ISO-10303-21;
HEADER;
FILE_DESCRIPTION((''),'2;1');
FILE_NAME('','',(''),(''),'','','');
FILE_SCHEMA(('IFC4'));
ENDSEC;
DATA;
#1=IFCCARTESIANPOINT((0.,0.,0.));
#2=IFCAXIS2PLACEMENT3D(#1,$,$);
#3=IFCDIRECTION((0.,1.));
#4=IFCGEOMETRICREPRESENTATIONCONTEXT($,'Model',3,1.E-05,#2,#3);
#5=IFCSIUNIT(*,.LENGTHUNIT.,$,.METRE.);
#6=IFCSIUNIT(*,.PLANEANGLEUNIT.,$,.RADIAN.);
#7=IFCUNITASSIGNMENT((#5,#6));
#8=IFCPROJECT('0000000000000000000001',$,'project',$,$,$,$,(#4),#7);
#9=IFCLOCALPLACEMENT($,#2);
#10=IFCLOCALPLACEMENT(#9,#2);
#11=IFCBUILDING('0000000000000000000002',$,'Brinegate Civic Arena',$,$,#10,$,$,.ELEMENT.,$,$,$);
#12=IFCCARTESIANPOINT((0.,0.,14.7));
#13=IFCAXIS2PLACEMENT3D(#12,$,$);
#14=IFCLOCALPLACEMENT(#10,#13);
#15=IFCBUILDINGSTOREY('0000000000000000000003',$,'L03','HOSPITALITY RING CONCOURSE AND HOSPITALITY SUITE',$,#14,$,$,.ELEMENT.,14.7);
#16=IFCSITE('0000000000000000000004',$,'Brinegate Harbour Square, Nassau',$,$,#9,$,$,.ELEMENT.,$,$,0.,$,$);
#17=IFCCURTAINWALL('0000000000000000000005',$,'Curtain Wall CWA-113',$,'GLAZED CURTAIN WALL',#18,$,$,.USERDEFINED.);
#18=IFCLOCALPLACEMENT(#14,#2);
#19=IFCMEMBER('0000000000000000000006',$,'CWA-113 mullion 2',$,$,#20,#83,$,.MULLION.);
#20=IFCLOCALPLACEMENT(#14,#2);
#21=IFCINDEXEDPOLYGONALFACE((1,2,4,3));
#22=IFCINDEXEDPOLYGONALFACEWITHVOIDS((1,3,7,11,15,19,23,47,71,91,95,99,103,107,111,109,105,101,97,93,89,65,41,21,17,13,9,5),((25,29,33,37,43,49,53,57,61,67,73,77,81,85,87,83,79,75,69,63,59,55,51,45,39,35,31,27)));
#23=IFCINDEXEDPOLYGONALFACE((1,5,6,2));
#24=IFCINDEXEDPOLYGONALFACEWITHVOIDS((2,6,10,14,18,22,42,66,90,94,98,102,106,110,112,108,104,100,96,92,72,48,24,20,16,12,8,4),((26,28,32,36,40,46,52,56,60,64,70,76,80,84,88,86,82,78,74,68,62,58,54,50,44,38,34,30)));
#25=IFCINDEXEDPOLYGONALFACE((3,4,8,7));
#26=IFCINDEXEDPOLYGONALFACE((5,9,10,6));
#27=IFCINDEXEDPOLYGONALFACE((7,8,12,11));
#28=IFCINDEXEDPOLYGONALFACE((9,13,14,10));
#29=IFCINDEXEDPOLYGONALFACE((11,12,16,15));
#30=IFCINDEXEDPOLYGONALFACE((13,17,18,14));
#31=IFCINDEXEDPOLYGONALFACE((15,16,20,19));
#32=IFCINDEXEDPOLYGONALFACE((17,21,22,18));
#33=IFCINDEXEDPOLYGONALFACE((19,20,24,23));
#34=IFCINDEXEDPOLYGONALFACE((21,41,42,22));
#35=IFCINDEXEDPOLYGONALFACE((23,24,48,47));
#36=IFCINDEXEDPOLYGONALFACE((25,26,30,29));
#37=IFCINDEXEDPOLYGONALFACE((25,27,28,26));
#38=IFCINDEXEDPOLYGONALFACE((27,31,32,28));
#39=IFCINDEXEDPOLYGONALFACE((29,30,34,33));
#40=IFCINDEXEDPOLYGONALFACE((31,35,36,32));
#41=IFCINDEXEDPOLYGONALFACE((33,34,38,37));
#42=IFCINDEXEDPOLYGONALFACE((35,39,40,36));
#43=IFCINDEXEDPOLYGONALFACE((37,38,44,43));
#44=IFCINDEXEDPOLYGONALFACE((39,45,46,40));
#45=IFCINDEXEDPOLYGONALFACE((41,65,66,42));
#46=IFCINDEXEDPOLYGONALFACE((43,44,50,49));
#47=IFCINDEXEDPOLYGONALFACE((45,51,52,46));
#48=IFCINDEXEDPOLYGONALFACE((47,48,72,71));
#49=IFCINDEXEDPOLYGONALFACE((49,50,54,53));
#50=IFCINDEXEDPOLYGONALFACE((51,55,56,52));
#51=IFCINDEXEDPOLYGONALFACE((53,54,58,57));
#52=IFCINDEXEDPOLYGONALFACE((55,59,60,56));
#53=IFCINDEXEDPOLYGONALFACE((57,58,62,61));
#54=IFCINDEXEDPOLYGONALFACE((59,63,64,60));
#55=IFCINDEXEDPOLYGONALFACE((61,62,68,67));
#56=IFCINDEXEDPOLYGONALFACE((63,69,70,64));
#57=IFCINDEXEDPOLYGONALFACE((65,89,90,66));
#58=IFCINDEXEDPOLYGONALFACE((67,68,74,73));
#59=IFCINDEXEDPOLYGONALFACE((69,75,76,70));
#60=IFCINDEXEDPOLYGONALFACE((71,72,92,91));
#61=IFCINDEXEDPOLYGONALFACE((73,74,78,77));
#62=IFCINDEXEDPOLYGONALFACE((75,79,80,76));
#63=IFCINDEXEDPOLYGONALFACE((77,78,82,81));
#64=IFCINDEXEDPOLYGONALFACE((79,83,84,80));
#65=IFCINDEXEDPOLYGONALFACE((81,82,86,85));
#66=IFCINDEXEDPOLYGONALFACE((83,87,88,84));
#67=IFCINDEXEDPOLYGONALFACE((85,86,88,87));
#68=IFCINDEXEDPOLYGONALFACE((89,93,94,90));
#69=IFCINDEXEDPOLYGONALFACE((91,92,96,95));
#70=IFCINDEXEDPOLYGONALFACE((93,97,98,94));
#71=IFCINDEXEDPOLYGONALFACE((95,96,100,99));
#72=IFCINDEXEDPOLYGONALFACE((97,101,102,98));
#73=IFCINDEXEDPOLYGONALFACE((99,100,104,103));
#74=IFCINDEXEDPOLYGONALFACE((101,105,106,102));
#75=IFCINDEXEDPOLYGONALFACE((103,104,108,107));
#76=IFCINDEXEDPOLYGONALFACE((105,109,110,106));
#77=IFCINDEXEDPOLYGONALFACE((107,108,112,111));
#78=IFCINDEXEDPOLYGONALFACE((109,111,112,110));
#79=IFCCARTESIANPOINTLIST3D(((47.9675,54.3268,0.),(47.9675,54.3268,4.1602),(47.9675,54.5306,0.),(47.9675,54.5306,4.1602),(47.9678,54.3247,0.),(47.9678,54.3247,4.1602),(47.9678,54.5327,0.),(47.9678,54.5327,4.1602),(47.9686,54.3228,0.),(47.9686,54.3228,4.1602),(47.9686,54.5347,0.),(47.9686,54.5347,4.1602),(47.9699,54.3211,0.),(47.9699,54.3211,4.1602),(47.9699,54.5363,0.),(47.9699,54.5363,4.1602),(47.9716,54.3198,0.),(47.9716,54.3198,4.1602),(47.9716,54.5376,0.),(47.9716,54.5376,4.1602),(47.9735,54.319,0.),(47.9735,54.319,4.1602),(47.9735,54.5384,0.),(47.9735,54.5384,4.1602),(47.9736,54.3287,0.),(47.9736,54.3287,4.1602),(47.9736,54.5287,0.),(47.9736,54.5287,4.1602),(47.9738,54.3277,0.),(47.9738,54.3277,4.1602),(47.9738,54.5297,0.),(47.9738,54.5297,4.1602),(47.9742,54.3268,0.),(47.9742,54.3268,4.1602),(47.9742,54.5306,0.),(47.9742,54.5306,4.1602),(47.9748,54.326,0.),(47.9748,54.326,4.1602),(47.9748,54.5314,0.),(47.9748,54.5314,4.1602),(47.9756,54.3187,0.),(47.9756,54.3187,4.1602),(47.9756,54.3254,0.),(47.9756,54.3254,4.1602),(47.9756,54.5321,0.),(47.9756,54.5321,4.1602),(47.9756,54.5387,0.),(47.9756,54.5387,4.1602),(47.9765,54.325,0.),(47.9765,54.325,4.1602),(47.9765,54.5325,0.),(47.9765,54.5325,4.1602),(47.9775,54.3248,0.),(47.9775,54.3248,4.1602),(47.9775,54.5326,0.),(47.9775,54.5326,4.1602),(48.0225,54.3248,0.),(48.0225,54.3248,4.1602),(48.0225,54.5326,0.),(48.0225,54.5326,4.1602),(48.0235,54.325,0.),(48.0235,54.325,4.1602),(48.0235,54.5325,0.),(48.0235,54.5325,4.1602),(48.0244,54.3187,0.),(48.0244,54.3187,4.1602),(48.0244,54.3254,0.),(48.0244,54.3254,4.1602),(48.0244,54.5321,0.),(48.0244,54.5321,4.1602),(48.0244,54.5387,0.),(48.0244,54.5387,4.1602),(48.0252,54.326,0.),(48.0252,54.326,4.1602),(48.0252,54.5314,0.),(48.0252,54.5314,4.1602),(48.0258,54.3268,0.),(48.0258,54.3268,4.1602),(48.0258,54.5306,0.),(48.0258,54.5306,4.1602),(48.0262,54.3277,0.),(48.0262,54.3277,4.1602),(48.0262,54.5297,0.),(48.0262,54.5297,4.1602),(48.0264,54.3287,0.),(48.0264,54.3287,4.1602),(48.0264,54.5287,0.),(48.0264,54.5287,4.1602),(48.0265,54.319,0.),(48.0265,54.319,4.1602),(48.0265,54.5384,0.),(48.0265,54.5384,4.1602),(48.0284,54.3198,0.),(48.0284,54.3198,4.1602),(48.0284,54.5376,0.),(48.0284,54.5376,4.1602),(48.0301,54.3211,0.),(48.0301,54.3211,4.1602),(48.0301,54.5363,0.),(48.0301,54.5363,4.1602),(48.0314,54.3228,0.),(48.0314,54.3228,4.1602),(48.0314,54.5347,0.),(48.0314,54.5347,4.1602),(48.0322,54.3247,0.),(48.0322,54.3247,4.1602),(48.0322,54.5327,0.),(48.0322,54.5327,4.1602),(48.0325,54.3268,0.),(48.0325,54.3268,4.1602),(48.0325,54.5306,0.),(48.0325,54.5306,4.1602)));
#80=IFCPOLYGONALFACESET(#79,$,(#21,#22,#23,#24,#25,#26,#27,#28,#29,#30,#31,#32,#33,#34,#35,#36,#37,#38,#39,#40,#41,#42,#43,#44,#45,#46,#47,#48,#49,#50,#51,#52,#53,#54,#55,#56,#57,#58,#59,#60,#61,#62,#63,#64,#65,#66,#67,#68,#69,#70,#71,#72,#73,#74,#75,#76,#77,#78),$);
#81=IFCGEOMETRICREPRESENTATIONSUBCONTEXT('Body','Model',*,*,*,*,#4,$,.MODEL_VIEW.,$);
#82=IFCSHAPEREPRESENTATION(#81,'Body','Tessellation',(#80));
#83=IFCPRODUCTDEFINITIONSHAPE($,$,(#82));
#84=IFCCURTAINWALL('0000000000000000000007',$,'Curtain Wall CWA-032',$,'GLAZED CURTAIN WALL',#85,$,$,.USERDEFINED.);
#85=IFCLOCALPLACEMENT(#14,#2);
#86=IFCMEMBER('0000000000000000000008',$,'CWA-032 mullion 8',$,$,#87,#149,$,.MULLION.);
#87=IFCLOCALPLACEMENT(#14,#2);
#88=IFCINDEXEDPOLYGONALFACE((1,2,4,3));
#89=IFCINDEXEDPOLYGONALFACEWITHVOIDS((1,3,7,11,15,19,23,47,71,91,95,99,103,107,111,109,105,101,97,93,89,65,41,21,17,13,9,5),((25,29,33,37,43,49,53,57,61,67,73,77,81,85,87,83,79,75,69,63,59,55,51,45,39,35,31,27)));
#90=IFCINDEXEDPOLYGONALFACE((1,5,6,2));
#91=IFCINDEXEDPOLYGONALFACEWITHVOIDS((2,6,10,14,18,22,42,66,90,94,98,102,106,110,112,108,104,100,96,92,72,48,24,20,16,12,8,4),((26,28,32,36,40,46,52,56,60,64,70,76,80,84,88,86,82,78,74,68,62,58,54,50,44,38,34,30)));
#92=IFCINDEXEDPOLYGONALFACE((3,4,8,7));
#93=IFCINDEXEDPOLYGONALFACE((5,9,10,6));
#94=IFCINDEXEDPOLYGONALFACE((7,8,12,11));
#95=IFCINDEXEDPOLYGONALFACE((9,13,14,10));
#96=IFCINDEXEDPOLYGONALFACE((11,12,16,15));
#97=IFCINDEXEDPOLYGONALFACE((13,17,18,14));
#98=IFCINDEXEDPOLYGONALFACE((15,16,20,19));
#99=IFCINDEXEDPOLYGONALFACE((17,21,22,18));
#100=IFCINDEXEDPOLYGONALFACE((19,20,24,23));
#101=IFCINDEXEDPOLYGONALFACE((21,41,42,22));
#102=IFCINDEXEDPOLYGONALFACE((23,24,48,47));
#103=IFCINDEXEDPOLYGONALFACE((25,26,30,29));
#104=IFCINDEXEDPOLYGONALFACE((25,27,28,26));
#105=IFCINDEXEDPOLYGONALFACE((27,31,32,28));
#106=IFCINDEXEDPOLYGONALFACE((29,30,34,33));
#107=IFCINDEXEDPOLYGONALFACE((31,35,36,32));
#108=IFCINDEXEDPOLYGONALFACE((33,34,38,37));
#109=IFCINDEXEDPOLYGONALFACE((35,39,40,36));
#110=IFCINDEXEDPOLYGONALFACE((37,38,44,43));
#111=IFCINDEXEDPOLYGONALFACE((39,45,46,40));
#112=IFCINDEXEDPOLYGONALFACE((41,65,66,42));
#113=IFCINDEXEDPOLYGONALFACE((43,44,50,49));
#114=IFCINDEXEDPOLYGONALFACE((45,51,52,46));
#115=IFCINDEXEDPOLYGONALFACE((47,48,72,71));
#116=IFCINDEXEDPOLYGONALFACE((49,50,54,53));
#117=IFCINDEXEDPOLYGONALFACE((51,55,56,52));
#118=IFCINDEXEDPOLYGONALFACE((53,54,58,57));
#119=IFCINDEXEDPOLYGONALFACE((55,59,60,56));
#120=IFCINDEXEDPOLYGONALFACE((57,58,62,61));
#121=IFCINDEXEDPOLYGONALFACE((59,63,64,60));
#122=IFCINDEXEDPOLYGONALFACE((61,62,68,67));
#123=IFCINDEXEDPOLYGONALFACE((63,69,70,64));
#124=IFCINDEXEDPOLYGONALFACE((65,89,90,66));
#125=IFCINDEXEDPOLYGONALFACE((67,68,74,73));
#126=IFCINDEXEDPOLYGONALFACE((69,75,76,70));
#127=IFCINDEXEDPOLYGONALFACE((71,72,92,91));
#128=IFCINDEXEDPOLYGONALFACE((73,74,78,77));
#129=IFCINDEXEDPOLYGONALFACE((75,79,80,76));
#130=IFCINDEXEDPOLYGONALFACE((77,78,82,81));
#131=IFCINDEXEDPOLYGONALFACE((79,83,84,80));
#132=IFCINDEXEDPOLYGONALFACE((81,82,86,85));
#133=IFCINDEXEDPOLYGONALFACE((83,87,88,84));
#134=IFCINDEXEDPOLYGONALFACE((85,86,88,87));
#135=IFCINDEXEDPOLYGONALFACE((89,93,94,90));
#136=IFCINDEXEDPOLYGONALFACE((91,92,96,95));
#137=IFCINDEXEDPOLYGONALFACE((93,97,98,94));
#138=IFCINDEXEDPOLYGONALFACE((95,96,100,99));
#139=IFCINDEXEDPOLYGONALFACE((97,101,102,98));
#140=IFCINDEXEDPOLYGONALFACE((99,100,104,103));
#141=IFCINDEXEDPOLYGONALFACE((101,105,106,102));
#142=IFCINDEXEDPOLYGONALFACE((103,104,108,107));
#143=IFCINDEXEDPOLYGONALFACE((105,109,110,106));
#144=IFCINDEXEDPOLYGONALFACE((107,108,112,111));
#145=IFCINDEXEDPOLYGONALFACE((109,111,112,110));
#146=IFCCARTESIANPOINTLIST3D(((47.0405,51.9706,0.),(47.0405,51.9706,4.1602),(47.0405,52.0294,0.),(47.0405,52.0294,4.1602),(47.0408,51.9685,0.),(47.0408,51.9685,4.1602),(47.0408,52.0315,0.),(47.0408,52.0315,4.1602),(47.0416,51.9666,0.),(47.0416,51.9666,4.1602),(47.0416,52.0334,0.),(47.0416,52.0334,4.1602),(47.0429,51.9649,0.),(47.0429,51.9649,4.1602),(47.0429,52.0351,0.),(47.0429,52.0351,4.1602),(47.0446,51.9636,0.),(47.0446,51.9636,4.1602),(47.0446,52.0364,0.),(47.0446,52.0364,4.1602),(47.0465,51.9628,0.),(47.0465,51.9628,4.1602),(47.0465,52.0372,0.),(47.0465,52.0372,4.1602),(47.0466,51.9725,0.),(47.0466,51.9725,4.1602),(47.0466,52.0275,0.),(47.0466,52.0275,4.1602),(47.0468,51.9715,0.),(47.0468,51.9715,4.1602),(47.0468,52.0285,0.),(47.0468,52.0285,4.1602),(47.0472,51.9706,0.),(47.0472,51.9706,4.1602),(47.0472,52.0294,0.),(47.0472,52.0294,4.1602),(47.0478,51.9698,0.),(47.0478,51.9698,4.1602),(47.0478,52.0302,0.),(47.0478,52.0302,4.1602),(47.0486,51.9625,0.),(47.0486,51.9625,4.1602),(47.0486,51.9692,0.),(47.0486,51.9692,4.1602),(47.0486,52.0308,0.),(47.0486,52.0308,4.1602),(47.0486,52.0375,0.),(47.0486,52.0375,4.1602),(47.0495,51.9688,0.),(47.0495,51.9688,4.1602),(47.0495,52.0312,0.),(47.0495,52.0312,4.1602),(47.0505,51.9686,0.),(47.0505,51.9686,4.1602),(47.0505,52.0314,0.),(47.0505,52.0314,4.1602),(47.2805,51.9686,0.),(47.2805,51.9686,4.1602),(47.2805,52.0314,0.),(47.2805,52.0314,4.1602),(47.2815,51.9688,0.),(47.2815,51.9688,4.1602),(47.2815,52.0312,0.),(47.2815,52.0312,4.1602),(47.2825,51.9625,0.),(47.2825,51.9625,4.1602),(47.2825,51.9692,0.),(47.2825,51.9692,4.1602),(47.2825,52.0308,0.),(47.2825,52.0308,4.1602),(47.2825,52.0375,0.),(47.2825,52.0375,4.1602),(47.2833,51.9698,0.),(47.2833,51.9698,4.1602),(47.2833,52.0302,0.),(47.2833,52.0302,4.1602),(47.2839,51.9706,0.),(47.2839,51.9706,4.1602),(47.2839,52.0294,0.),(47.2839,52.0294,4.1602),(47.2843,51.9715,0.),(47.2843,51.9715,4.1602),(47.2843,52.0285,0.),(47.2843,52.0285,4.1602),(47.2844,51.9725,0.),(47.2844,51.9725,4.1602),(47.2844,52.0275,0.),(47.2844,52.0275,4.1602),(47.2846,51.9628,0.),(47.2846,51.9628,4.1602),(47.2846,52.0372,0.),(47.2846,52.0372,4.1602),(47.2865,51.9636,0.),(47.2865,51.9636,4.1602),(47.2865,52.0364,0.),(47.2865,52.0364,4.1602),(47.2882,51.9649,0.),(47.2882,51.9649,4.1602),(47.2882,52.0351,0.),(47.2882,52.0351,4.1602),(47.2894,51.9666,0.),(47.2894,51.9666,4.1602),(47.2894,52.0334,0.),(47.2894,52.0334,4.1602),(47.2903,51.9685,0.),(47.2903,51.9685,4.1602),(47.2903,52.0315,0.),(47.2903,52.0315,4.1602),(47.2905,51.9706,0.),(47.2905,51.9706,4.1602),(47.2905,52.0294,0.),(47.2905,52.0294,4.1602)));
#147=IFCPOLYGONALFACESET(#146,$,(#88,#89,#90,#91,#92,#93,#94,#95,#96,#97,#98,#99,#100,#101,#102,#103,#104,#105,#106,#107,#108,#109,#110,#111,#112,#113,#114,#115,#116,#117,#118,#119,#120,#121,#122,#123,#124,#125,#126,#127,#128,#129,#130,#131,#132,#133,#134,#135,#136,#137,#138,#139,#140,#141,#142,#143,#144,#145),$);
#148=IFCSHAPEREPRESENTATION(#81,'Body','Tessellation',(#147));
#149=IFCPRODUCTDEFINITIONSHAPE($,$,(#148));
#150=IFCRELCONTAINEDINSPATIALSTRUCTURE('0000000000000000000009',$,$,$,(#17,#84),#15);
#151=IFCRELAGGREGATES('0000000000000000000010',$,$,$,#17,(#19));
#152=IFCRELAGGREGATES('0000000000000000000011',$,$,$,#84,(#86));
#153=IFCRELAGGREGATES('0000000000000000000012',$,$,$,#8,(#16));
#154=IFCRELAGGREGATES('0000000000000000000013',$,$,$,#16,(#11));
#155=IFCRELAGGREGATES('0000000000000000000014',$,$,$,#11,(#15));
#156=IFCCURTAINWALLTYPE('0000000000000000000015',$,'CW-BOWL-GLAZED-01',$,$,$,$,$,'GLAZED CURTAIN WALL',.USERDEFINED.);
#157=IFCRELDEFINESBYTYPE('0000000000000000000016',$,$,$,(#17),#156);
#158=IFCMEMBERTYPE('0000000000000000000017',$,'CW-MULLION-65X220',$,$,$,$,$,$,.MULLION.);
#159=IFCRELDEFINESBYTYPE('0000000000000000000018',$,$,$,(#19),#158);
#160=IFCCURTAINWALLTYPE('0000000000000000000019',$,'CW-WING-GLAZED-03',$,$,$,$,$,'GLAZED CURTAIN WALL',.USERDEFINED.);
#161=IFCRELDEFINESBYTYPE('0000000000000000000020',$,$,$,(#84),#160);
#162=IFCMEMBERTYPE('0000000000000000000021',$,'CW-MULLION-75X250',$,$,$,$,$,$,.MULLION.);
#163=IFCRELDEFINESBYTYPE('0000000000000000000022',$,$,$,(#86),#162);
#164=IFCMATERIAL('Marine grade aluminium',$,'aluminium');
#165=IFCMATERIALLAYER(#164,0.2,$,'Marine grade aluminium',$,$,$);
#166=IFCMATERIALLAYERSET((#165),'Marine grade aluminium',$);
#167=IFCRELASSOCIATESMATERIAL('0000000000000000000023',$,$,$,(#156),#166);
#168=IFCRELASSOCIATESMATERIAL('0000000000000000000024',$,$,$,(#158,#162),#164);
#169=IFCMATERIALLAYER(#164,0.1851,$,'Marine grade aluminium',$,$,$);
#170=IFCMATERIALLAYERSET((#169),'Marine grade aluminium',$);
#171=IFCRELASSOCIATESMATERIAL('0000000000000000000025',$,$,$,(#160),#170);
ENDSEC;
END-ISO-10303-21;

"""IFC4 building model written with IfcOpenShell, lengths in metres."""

from ifc_helpers import new_model, si_unit, direction, frame, origin, origin_2d, place, context, subcontext, project, spatial, hollow_rectangle, extrude, material, layer, layer_set, material_profile, profile_set, type_object, element, aggregate, save


model = new_model("IFC4")

# Units and contexts
model_context = context("Model", 3, precision=1e-05, world=origin(), true_north=direction((0.0, 1.0)))
body_context = subcontext(model_context, "Body", "Model", "MODEL_VIEW")
ifc_project = project(units=[si_unit("LENGTHUNIT", "METRE"), si_unit("PLANEANGLEUNIT", "RADIAN")], contexts=[model_context])

# Site, building, storey
site_placement = place(None, origin())
site = spatial("IfcSite", under=ifc_project, at=site_placement, Name="Brinegate Harbour Square, Nassau", CompositionType="ELEMENT", RefElevation=0.0)
building_placement = place(site_placement, origin())
building = spatial("IfcBuilding", under=site, at=building_placement, Name="Brinegate Civic Arena", CompositionType="ELEMENT")
storey_placement = place(building_placement, frame((0.0, 0.0, 14.7)))
storey = spatial("IfcBuildingStorey", under=building, at=storey_placement, Name="L03", Description="HOSPITALITY RING CONCOURSE AND HOSPITALITY SUITE", CompositionType="ELEMENT", Elevation=14.7)

# Curtain wall, member
ifc_material_1 = material(Name="Marine grade aluminium", Category="aluminium")
ifc_layer_1 = layer(ifc_material_1, 0.2, Name="Marine grade aluminium")
ifc_layer_set_1 = layer_set([ifc_layer_1], Name="Marine grade aluminium")
curtain_wall_type_1 = type_object("IfcCurtainWallType", Name="CW-BOWL-GLAZED-01", ElementType="GLAZED CURTAIN WALL", PredefinedType="USERDEFINED", material=ifc_layer_set_1)
curtain_wall_1_placement = place(storey_placement, origin())
curtain_wall_1 = element("IfcCurtainWall", 1, at=curtain_wall_1_placement, inside=storey, type_object=curtain_wall_type_1, Name="Curtain Wall CWA-113", ObjectType="GLAZED CURTAIN WALL", PredefinedType="USERDEFINED")
ifc_material_profile_1 = material_profile(ifc_material_1, hollow_rectangle(XDim=0.0649, YDim=0.22, WallThickness=0.0061, InnerFilletRadius=0.0039, OuterFilletRadius=0.0081, at=origin_2d()), Name="MUL65X220")
ifc_profile_set_1 = profile_set([ifc_material_profile_1], Name="Marine grade aluminium")
member_type_1 = type_object("IfcMemberType", Name="CW-MULLION-65X220", PredefinedType="MULLION", material=ifc_profile_set_1)
member_1_placement = place(storey_placement, frame((48.0, 54.4287, 0.0), z_axis=(0.0, 0.0, 1.0), x_axis=(-1.0, 0.0, 0.0)))
member_1 = element("IfcMember", 2, at=member_1_placement, type_object=member_type_1, Name="CWA-113 mullion 2", PredefinedType="MULLION", context=body_context, shape_type="SweptSolid", body=[
    extrude(hollow_rectangle(XDim=0.0649, YDim=0.22, WallThickness=0.0061, InnerFilletRadius=0.0039, OuterFilletRadius=0.0081, at=origin_2d()), origin(), (0.0, 0.0, 1.0), 4.1602),
])

# Curtain wall, member
ifc_layer_2 = layer(ifc_material_1, 0.1851, Name="Marine grade aluminium")
ifc_layer_set_2 = layer_set([ifc_layer_2], Name="Marine grade aluminium")
curtain_wall_type_2 = type_object("IfcCurtainWallType", Name="CW-WING-GLAZED-03", ElementType="GLAZED CURTAIN WALL", PredefinedType="USERDEFINED", material=ifc_layer_set_2)
curtain_wall_2_placement = place(storey_placement, origin())
curtain_wall_2 = element("IfcCurtainWall", 3, at=curtain_wall_2_placement, inside=storey, type_object=curtain_wall_type_2, Name="Curtain Wall CWA-032", ObjectType="GLAZED CURTAIN WALL", PredefinedType="USERDEFINED")
ifc_material_profile_2 = material_profile(ifc_material_1, hollow_rectangle(XDim=0.075, YDim=0.25, WallThickness=0.0061, InnerFilletRadius=0.0039, OuterFilletRadius=0.0081, at=origin_2d()), Name="MUL75X250")
ifc_profile_set_2 = profile_set([ifc_material_profile_2], Name="Marine grade aluminium")
member_type_2 = type_object("IfcMemberType", Name="CW-MULLION-75X250", PredefinedType="MULLION", material=ifc_profile_set_2)
member_2_placement = place(storey_placement, frame((47.1655, 52.0, 0.0), z_axis=(0.0, 0.0, 1.0), x_axis=(0.0, 1.0, 0.0)))
member_2 = element("IfcMember", 4, at=member_2_placement, type_object=member_type_2, Name="CWA-032 mullion 8", PredefinedType="MULLION", context=body_context, shape_type="SweptSolid", body=[
    extrude(hollow_rectangle(XDim=0.075, YDim=0.25, WallThickness=0.0061, InnerFilletRadius=0.0039, OuterFilletRadius=0.0081, at=origin_2d()), origin(), (0.0, 0.0, 1.0), 4.1602),
])

aggregate(curtain_wall_1, [member_1])
aggregate(curtain_wall_2, [member_2])

save(model, "model.ifc")
